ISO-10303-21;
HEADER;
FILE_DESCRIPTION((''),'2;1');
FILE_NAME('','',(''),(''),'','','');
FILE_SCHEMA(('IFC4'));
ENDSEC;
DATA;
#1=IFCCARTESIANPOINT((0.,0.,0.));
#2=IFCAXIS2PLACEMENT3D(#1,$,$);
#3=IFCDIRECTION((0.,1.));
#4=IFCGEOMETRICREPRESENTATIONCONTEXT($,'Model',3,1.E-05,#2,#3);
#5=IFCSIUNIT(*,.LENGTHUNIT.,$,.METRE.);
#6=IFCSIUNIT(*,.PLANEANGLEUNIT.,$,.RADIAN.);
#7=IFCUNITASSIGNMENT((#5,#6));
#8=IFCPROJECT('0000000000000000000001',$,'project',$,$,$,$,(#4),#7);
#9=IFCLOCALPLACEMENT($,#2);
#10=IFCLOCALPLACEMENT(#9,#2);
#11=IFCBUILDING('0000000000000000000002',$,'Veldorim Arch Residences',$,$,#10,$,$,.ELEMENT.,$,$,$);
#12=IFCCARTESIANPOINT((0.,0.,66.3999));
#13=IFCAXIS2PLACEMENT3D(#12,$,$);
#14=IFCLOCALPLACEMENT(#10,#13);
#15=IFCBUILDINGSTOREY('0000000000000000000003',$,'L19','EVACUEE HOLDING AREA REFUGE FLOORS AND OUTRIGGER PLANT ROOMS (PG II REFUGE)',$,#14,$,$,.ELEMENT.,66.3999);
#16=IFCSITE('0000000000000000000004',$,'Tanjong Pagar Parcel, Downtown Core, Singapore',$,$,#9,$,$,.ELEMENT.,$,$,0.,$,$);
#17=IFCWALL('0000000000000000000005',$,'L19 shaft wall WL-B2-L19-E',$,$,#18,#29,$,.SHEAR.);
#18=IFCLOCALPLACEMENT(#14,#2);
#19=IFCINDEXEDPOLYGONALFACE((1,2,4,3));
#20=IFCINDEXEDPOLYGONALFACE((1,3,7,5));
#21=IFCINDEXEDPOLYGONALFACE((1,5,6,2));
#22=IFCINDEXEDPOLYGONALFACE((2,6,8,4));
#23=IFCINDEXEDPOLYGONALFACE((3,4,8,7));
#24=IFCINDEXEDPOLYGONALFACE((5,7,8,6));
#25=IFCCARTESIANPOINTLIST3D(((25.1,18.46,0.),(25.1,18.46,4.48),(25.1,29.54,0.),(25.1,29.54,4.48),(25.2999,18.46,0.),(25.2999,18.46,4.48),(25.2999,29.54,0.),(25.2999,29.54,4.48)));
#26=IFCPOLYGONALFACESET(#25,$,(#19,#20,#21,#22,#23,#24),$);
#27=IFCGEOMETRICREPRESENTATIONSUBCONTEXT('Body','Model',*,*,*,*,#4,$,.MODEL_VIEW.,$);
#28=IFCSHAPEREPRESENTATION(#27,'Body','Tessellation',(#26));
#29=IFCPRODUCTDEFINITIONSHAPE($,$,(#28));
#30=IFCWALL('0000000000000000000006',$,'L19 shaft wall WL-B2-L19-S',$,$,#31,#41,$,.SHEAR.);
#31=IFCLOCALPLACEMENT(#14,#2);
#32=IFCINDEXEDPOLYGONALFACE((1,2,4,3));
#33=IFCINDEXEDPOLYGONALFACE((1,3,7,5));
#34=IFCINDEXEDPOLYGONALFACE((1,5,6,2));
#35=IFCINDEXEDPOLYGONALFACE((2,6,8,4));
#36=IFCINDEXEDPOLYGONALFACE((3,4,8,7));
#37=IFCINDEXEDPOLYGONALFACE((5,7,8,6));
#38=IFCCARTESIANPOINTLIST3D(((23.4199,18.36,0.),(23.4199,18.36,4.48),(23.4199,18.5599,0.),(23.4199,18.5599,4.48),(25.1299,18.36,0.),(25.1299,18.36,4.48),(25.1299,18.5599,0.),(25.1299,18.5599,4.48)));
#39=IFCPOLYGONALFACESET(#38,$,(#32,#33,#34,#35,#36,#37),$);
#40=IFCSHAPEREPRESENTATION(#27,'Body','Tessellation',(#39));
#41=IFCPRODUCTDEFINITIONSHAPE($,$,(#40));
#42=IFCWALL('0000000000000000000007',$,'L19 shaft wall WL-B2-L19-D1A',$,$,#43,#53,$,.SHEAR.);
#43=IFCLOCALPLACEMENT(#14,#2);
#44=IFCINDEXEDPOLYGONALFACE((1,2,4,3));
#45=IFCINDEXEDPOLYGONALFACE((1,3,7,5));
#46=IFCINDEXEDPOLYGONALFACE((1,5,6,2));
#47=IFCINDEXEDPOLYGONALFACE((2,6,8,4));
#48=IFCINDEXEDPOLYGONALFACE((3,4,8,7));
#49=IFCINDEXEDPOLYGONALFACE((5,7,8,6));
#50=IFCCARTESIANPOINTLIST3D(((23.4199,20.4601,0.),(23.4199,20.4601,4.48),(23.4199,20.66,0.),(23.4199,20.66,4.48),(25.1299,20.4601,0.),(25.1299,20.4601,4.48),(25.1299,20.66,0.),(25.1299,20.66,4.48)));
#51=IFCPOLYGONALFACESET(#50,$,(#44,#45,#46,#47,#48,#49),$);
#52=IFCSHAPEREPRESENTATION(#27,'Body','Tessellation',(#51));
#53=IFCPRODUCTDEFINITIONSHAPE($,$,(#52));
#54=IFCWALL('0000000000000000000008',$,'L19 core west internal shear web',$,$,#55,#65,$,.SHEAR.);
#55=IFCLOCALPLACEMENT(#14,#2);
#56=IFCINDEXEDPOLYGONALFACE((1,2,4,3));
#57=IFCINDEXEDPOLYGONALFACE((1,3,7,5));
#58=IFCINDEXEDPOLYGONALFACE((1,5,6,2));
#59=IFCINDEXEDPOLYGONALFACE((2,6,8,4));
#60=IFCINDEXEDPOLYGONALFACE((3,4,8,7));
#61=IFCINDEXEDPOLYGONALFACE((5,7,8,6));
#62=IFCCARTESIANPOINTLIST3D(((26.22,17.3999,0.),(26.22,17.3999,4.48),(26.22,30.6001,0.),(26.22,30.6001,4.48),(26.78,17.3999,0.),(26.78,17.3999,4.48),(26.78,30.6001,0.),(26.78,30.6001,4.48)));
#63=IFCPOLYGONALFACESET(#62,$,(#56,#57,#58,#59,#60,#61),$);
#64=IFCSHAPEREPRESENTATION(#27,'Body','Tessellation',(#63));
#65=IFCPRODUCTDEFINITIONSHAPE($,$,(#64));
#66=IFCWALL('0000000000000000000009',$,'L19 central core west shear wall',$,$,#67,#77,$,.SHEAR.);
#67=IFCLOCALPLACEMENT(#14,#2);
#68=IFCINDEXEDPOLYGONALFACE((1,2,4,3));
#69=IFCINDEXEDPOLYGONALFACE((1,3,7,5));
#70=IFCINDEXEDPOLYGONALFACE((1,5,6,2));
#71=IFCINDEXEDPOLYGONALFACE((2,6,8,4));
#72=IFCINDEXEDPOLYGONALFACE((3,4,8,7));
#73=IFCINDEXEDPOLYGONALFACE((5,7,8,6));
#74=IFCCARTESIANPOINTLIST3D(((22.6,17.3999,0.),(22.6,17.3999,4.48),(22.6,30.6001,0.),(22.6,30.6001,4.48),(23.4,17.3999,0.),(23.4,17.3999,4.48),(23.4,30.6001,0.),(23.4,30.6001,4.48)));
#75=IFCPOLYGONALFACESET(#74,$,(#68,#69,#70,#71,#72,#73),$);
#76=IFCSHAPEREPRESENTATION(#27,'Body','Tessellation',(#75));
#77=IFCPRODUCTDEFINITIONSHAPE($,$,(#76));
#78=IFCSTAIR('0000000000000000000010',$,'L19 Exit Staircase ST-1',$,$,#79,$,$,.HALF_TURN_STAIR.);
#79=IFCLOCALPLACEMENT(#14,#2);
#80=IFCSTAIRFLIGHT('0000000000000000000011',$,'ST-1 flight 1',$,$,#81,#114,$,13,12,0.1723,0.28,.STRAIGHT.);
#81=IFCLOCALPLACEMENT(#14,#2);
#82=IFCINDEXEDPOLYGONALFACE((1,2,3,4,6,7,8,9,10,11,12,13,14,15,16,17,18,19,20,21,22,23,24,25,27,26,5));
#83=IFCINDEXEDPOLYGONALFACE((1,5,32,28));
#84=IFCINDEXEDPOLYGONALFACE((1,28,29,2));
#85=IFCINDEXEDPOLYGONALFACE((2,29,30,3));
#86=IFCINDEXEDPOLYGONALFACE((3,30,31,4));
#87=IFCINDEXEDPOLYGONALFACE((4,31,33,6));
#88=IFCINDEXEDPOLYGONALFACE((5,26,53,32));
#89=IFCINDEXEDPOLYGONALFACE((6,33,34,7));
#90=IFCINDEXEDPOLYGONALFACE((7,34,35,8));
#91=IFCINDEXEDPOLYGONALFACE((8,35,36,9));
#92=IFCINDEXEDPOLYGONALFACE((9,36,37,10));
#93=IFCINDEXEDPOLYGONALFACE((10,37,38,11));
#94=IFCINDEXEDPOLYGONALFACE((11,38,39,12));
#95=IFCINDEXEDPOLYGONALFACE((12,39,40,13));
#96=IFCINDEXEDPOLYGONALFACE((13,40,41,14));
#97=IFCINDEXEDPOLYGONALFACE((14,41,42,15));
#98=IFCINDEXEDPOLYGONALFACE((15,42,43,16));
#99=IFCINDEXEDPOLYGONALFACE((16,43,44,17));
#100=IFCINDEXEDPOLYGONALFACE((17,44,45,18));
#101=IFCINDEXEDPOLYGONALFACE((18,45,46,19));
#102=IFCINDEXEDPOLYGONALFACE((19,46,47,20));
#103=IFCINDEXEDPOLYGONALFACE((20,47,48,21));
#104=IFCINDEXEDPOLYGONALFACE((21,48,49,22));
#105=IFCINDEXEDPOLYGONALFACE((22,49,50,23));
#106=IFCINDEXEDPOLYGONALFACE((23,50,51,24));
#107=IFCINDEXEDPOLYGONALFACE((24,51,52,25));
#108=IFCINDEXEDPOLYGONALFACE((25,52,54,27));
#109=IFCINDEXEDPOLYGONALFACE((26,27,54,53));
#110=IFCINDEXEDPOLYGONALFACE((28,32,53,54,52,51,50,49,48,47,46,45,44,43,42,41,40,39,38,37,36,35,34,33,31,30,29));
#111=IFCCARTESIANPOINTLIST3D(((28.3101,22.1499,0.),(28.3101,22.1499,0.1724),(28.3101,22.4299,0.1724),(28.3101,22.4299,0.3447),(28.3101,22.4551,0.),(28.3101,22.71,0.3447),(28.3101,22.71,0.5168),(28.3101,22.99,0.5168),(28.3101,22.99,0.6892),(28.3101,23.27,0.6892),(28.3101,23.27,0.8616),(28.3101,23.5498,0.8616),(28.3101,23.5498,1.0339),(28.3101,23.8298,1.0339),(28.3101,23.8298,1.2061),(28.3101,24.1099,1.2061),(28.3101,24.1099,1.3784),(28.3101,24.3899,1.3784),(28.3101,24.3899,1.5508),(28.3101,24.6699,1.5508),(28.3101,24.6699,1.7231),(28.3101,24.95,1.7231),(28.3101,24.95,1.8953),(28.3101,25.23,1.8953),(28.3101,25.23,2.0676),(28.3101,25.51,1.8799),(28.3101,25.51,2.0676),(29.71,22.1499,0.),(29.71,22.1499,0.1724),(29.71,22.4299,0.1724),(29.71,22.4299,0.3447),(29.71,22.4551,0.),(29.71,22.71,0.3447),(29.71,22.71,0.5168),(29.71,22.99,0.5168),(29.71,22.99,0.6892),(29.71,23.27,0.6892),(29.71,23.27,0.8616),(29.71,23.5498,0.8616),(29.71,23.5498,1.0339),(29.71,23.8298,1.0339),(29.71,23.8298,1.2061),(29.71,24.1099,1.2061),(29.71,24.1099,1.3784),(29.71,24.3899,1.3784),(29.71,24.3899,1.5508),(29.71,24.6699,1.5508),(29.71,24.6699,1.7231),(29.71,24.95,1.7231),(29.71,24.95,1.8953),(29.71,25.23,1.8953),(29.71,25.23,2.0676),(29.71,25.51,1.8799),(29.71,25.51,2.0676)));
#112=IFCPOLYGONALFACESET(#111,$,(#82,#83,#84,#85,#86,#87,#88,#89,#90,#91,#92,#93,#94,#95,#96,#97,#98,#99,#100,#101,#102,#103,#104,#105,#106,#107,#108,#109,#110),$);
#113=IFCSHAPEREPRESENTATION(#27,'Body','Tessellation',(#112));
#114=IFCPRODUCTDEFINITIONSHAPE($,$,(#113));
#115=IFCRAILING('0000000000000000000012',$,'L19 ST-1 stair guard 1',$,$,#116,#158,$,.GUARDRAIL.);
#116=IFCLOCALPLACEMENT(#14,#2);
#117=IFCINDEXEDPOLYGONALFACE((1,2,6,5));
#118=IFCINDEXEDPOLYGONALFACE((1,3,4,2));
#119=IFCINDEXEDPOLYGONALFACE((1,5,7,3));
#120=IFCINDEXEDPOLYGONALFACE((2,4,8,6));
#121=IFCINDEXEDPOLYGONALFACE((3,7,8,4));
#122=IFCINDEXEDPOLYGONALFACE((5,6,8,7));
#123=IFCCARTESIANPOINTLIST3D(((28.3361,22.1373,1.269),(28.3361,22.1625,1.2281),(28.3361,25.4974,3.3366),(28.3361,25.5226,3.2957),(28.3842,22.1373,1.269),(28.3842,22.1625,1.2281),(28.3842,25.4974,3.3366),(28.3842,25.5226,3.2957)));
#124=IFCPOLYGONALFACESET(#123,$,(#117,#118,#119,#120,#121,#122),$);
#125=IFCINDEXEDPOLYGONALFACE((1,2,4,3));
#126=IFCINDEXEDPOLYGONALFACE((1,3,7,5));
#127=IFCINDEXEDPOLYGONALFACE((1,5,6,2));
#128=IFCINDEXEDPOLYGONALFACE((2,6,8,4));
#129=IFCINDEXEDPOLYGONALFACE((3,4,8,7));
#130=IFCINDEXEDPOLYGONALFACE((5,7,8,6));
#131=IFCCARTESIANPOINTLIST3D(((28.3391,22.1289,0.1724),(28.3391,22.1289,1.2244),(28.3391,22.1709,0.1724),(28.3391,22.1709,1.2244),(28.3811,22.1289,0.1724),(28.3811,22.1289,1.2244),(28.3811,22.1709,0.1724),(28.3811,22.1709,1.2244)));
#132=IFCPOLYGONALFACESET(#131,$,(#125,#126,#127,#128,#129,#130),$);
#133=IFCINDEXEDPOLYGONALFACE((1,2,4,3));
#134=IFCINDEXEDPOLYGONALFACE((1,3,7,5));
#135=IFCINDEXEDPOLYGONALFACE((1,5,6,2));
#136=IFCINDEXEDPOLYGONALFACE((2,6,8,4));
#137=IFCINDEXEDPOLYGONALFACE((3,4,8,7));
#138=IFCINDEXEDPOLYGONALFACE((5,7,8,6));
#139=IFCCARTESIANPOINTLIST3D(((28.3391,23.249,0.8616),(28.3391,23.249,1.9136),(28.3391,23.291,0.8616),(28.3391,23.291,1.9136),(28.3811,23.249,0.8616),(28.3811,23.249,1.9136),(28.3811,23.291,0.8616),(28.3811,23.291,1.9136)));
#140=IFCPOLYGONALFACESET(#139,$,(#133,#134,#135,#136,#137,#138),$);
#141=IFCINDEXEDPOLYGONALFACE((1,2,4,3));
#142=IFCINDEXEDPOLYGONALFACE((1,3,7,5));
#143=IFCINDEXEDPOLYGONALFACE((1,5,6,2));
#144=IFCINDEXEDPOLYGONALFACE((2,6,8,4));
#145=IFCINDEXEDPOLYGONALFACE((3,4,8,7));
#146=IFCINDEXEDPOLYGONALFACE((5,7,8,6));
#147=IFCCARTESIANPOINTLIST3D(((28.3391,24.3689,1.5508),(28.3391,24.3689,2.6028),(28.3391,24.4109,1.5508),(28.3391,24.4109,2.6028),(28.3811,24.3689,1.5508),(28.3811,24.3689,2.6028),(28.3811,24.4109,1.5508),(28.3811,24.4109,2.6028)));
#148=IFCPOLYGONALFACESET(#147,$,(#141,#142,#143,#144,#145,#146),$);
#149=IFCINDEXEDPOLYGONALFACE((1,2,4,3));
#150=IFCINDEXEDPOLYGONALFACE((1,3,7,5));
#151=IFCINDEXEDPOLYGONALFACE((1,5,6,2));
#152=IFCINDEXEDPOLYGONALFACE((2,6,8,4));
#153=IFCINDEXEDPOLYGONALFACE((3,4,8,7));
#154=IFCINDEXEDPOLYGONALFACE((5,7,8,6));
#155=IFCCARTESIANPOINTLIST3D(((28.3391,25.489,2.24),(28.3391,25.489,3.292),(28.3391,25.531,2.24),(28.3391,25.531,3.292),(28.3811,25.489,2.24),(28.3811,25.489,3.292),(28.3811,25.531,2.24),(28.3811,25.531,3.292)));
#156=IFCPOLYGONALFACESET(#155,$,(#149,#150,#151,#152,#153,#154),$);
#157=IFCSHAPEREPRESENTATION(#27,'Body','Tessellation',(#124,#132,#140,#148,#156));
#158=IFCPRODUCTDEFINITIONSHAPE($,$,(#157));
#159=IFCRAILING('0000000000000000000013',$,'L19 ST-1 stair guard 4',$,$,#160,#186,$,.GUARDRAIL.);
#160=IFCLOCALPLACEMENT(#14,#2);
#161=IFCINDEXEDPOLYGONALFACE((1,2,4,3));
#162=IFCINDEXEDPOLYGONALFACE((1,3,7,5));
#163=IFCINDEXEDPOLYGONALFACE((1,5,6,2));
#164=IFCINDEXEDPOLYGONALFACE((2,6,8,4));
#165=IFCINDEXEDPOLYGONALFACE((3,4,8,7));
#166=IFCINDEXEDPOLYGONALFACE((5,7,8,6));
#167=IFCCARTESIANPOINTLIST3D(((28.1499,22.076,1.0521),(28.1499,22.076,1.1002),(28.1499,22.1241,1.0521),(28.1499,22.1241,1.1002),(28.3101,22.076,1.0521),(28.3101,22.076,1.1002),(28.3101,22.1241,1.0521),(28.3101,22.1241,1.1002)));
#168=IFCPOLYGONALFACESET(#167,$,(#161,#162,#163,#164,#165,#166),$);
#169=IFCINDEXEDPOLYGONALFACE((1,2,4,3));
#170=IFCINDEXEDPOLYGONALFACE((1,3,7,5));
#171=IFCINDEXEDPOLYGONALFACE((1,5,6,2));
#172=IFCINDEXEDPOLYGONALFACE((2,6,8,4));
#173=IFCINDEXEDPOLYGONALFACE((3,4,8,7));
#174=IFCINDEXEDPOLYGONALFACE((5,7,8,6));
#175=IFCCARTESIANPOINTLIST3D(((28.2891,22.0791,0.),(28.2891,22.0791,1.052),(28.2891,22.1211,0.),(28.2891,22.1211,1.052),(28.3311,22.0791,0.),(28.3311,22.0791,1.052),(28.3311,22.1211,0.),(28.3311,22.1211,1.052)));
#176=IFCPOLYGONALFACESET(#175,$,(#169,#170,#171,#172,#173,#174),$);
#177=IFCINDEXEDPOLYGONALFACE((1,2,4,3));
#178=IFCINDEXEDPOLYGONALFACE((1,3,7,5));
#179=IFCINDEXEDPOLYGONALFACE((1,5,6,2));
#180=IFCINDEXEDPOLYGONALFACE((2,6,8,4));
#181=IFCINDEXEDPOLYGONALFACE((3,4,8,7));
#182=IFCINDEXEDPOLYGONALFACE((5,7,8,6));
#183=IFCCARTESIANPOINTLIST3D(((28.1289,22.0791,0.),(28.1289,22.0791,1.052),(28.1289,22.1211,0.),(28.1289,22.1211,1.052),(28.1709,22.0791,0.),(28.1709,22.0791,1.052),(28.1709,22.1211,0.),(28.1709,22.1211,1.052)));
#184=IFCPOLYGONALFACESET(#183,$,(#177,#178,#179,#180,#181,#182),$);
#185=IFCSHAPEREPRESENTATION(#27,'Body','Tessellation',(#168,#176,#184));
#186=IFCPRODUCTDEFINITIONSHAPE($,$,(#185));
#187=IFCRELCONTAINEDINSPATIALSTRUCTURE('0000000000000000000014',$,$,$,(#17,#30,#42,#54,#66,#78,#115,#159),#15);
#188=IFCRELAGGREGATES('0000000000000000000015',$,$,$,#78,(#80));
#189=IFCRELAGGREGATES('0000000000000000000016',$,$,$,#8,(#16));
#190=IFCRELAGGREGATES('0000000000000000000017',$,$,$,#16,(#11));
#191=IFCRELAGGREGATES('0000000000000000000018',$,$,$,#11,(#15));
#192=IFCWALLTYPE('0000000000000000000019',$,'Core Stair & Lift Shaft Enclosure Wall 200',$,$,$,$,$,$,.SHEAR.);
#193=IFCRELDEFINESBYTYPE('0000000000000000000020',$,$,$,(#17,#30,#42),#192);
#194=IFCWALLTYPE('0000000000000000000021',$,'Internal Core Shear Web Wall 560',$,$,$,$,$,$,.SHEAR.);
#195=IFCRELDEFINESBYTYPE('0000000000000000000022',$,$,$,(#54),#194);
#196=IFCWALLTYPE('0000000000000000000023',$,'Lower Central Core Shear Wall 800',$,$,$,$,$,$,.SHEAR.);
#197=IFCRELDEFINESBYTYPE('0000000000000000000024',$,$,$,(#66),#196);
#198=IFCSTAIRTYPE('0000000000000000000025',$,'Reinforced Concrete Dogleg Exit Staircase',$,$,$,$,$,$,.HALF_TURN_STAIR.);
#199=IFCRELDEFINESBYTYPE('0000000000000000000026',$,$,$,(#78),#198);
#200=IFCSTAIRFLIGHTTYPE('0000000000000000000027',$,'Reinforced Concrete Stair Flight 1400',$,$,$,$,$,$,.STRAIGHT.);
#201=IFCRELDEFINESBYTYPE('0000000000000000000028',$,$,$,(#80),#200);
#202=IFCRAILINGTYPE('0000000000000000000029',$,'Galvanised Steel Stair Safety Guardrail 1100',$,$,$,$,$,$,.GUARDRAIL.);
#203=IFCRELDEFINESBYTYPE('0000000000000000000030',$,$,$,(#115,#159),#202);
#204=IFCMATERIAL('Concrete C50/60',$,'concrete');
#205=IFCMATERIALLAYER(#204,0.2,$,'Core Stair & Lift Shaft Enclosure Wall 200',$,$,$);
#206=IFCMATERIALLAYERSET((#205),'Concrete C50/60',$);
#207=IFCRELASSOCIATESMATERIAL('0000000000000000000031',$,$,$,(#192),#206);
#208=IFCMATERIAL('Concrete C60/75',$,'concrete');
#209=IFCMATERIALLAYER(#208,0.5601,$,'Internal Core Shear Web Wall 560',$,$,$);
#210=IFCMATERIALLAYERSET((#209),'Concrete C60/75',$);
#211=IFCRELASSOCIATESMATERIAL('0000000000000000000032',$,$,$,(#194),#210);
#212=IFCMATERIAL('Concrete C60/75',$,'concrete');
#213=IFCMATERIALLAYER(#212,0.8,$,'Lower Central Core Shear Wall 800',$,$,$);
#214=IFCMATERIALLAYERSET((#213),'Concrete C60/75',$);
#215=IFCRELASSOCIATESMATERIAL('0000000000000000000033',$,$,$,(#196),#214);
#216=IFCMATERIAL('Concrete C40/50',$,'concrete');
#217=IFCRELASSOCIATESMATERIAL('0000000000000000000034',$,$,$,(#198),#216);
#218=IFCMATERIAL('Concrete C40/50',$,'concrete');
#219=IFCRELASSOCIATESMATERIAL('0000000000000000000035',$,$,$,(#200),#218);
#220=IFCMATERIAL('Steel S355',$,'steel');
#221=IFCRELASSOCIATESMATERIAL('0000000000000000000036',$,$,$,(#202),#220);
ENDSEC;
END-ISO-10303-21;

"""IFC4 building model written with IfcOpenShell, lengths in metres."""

from ifc_helpers import new_model, si_unit, direction, frame, frame_2d, origin, origin_2d, place, context, subcontext, project, spatial, polyline, rectangle, outline, extrude, material, layer, layer_set, type_object, element, aggregate, save


model = new_model("IFC4")

# Units and contexts
model_context = context("Model", 3, precision=1e-05, world=origin(), true_north=direction((0.0, 1.0)))
body_context = subcontext(model_context, "Body", "Model", "MODEL_VIEW")
ifc_project = project(units=[si_unit("LENGTHUNIT", "METRE"), si_unit("PLANEANGLEUNIT", "RADIAN")], contexts=[model_context])

# Site, building, storey
site_placement = place(None, origin())
site = spatial("IfcSite", under=ifc_project, at=site_placement, Name="Tanjong Pagar Parcel, Downtown Core, Singapore", CompositionType="ELEMENT", RefElevation=0.0)
building_placement = place(site_placement, origin())
building = spatial("IfcBuilding", under=site, at=building_placement, Name="Veldorim Arch Residences", CompositionType="ELEMENT")
storey_placement = place(building_placement, frame((0.0, 0.0, 66.3999)))
storey = spatial("IfcBuildingStorey", under=building, at=storey_placement, Name="L19", Description="EVACUEE HOLDING AREA REFUGE FLOORS AND OUTRIGGER PLANT ROOMS (PG II REFUGE)", CompositionType="ELEMENT", Elevation=66.3999)

# Shared definitions
ifc_material_1 = material(Name="Concrete C50/60", Category="concrete")
ifc_layer_1 = layer(ifc_material_1, 0.2, Name="Core Stair & Lift Shaft Enclosure Wall 200")
ifc_layer_set_1 = layer_set([ifc_layer_1], Name="Concrete C50/60")
wall_type_1 = type_object("IfcWallType", Name="Core Stair & Lift Shaft Enclosure Wall 200", PredefinedType="SHEAR", material=ifc_layer_set_1)

# Walls
wall_1_placement = place(storey_placement, frame((25.2, 18.46, 0.0), z_axis=(0.0, 0.0, 1.0), x_axis=(0.0, 1.0, 0.0)))
element("IfcWall", 1, at=wall_1_placement, inside=storey, type_object=wall_type_1, Name="L19 shaft wall WL-B2-L19-E", PredefinedType="SHEAR", context=body_context, shape_type="SweptSolid", body=[
    extrude(rectangle(XDim=11.0801, YDim=0.2, at=frame_2d((5.54, 0.0))), origin(), (0.0, 0.0, 1.0), 4.48),
])
for number, where, z_axis, x_axis, name in (
    (2, (23.4199, 18.46, 0.0), (0.0, 0.0, 1.0), (1.0, 0.0, 0.0), "L19 shaft wall WL-B2-L19-S"),
    (3, (23.4199, 20.5601, 0.0), (0.0, 0.0, 1.0), (1.0, 0.0, 0.0), "L19 shaft wall WL-B2-L19-D1A"),
):
    element("IfcWall", number, at=place(storey_placement, frame(where, z_axis=z_axis, x_axis=x_axis)), inside=storey, type_object=wall_type_1, Name=name, PredefinedType="SHEAR", context=body_context, shape_type="SweptSolid", body=[
        extrude(rectangle(XDim=1.71, YDim=0.2, at=frame_2d((0.855, 0.0))), origin(), (0.0, 0.0, 1.0), 4.48),
    ])
ifc_material_2 = material(Name="Concrete C60/75", Category="concrete")
ifc_layer_2 = layer(ifc_material_2, 0.5601, Name="Internal Core Shear Web Wall 560")
ifc_layer_set_2 = layer_set([ifc_layer_2], Name="Concrete C60/75")
wall_type_2 = type_object("IfcWallType", Name="Internal Core Shear Web Wall 560", PredefinedType="SHEAR", material=ifc_layer_set_2)
wall_2_placement = place(storey_placement, frame((26.5, 17.3999, 0.0), z_axis=(0.0, 0.0, 1.0), x_axis=(0.0, 1.0, 0.0)))
element("IfcWall", 4, at=wall_2_placement, inside=storey, type_object=wall_type_2, Name="L19 core west internal shear web", PredefinedType="SHEAR", context=body_context, shape_type="SweptSolid", body=[
    extrude(rectangle(XDim=13.2002, YDim=0.5601, at=frame_2d((6.6001, 0.0))), origin(), (0.0, 0.0, 1.0), 4.48),
])
ifc_material_3 = material(Name="Concrete C60/75", Category="concrete")
ifc_layer_3 = layer(ifc_material_3, 0.8, Name="Lower Central Core Shear Wall 800")
ifc_layer_set_3 = layer_set([ifc_layer_3], Name="Concrete C60/75")
wall_type_3 = type_object("IfcWallType", Name="Lower Central Core Shear Wall 800", PredefinedType="SHEAR", material=ifc_layer_set_3)
wall_3_placement = place(storey_placement, frame((23.0, 17.3999, 0.0), z_axis=(0.0, 0.0, 1.0), x_axis=(0.0, 1.0, 0.0)))
element("IfcWall", 5, at=wall_3_placement, inside=storey, type_object=wall_type_3, Name="L19 central core west shear wall", PredefinedType="SHEAR", context=body_context, shape_type="SweptSolid", body=[
    extrude(rectangle(XDim=13.2002, YDim=0.8, at=frame_2d((6.6001, 0.0))), origin(), (0.0, 0.0, 1.0), 4.48),
])

# Stair, stair flight
ifc_material_4 = material(Name="Concrete C40/50", Category="concrete")
stair_type = type_object("IfcStairType", Name="Reinforced Concrete Dogleg Exit Staircase", PredefinedType="HALF_TURN_STAIR", material=ifc_material_4)
stair_placement = place(storey_placement, origin())
stair = element("IfcStair", 6, at=stair_placement, inside=storey, type_object=stair_type, Name="L19 Exit Staircase ST-1", PredefinedType="HALF_TURN_STAIR")
ifc_material_5 = material(Name="Concrete C40/50", Category="concrete")
stair_flight_type = type_object("IfcStairFlightType", Name="Reinforced Concrete Stair Flight 1400", PredefinedType="STRAIGHT", material=ifc_material_5)
stair_flight_placement = place(storey_placement, frame((29.01, 22.1499, 0.0), z_axis=(0.0, 0.0, 1.0), x_axis=(0.0, 1.0, 0.0)))
stair_flight = element("IfcStairFlight", 7, at=stair_flight_placement, type_object=stair_flight_type, Name="ST-1 flight 1", NumberOfRisers=13, NumberOfTreads=12, PredefinedType="STRAIGHT", RiserHeight=0.1723, TreadLength=0.28, context=body_context, shape_type="SweptSolid", body=[
    extrude(outline(polyline([(0.0, 0.0), (0.0, 0.1724), (0.28, 0.1724), (0.28, 0.3447), (0.5601, 0.3447), (0.5601, 0.5168), (0.8401, 0.5168), (0.8401, 0.6892), (1.1201, 0.6892), (1.1201, 0.8616), (1.3999, 0.8616), (1.3999, 1.0339), (1.6799, 1.0339), (1.6799, 1.2061), (1.96, 1.2061), (1.96, 1.3784), (2.24, 1.3784), (2.24, 1.5508), (2.52, 1.5508), (2.52, 1.7231), (2.8, 1.7231), (2.8, 1.8953), (3.0801, 1.8953), (3.0801, 2.0676), (3.3601, 2.0676), (3.3601, 2.24), (3.3601, 1.8799), (0.3052, 0.0), (0.0, 0.0)])), frame((0.0, 0.7, 0.0), z_axis=(0.0, -1.0, 0.0), x_axis=(1.0, 0.0, 0.0)), (0.0, 0.0, 1.0), 1.3999),
])
aggregate(stair, [stair_flight])

# Railings
ifc_material_6 = material(Name="Steel S355", Category="steel")
railing_type_1 = type_object("IfcRailingType", Name="Galvanised Steel Stair Safety Guardrail 1100", PredefinedType="GUARDRAIL", material=ifc_material_6)
railing_1_placement = place(storey_placement, frame((28.3601, 22.1499, 0.1724)))
element("IfcRailing", 8, at=railing_1_placement, inside=storey, type_object=railing_type_1, Name="L19 ST-1 stair guard 1", PredefinedType="GUARDRAIL", context=body_context, shape_type="SweptSolid", body=[
    extrude(rectangle(XDim=0.0481, YDim=0.0481, at=origin_2d()), frame((0.0, 0.0, 1.0762), z_axis=(0.0, 0.851673, 0.524073), x_axis=(-1.0, 0.0, 0.0)), (0.0, 0.0, 1.0), 3.9453),
    extrude(rectangle(XDim=0.042, YDim=0.042, at=origin_2d()), origin(), (0.0, 0.0, 1.0), 1.052),
    extrude(rectangle(XDim=0.042, YDim=0.042, at=origin_2d()), frame((0.0, 1.1201, 0.6892)), (0.0, 0.0, 1.0), 1.052),
    extrude(rectangle(XDim=0.042, YDim=0.042, at=origin_2d()), frame((0.0, 2.24, 1.3784)), (0.0, 0.0, 1.0), 1.052),
    extrude(rectangle(XDim=0.042, YDim=0.042, at=origin_2d()), frame((0.0, 3.3601, 2.0676)), (0.0, 0.0, 1.0), 1.052),
])
railing_2_placement = place(storey_placement, frame((28.3101, 22.1001, 0.0)))
element("IfcRailing", 9, at=railing_2_placement, inside=storey, type_object=railing_type_1, Name="L19 ST-1 stair guard 4", PredefinedType="GUARDRAIL", context=body_context, shape_type="SweptSolid", body=[
    extrude(rectangle(XDim=0.0481, YDim=0.0481, at=origin_2d()), frame((0.0, 0.0, 1.0762), z_axis=(-1.0, 0.0, 0.0), x_axis=(0.0, -1.0, 0.0)), (0.0, 0.0, 1.0), 0.1602),
    extrude(rectangle(XDim=0.042, YDim=0.042, at=origin_2d()), origin(), (0.0, 0.0, 1.0), 1.052),
    extrude(rectangle(XDim=0.042, YDim=0.042, at=origin_2d()), frame((-0.1602, 0.0, 0.0)), (0.0, 0.0, 1.0), 1.052),
])

save(model, "model.ifc")
